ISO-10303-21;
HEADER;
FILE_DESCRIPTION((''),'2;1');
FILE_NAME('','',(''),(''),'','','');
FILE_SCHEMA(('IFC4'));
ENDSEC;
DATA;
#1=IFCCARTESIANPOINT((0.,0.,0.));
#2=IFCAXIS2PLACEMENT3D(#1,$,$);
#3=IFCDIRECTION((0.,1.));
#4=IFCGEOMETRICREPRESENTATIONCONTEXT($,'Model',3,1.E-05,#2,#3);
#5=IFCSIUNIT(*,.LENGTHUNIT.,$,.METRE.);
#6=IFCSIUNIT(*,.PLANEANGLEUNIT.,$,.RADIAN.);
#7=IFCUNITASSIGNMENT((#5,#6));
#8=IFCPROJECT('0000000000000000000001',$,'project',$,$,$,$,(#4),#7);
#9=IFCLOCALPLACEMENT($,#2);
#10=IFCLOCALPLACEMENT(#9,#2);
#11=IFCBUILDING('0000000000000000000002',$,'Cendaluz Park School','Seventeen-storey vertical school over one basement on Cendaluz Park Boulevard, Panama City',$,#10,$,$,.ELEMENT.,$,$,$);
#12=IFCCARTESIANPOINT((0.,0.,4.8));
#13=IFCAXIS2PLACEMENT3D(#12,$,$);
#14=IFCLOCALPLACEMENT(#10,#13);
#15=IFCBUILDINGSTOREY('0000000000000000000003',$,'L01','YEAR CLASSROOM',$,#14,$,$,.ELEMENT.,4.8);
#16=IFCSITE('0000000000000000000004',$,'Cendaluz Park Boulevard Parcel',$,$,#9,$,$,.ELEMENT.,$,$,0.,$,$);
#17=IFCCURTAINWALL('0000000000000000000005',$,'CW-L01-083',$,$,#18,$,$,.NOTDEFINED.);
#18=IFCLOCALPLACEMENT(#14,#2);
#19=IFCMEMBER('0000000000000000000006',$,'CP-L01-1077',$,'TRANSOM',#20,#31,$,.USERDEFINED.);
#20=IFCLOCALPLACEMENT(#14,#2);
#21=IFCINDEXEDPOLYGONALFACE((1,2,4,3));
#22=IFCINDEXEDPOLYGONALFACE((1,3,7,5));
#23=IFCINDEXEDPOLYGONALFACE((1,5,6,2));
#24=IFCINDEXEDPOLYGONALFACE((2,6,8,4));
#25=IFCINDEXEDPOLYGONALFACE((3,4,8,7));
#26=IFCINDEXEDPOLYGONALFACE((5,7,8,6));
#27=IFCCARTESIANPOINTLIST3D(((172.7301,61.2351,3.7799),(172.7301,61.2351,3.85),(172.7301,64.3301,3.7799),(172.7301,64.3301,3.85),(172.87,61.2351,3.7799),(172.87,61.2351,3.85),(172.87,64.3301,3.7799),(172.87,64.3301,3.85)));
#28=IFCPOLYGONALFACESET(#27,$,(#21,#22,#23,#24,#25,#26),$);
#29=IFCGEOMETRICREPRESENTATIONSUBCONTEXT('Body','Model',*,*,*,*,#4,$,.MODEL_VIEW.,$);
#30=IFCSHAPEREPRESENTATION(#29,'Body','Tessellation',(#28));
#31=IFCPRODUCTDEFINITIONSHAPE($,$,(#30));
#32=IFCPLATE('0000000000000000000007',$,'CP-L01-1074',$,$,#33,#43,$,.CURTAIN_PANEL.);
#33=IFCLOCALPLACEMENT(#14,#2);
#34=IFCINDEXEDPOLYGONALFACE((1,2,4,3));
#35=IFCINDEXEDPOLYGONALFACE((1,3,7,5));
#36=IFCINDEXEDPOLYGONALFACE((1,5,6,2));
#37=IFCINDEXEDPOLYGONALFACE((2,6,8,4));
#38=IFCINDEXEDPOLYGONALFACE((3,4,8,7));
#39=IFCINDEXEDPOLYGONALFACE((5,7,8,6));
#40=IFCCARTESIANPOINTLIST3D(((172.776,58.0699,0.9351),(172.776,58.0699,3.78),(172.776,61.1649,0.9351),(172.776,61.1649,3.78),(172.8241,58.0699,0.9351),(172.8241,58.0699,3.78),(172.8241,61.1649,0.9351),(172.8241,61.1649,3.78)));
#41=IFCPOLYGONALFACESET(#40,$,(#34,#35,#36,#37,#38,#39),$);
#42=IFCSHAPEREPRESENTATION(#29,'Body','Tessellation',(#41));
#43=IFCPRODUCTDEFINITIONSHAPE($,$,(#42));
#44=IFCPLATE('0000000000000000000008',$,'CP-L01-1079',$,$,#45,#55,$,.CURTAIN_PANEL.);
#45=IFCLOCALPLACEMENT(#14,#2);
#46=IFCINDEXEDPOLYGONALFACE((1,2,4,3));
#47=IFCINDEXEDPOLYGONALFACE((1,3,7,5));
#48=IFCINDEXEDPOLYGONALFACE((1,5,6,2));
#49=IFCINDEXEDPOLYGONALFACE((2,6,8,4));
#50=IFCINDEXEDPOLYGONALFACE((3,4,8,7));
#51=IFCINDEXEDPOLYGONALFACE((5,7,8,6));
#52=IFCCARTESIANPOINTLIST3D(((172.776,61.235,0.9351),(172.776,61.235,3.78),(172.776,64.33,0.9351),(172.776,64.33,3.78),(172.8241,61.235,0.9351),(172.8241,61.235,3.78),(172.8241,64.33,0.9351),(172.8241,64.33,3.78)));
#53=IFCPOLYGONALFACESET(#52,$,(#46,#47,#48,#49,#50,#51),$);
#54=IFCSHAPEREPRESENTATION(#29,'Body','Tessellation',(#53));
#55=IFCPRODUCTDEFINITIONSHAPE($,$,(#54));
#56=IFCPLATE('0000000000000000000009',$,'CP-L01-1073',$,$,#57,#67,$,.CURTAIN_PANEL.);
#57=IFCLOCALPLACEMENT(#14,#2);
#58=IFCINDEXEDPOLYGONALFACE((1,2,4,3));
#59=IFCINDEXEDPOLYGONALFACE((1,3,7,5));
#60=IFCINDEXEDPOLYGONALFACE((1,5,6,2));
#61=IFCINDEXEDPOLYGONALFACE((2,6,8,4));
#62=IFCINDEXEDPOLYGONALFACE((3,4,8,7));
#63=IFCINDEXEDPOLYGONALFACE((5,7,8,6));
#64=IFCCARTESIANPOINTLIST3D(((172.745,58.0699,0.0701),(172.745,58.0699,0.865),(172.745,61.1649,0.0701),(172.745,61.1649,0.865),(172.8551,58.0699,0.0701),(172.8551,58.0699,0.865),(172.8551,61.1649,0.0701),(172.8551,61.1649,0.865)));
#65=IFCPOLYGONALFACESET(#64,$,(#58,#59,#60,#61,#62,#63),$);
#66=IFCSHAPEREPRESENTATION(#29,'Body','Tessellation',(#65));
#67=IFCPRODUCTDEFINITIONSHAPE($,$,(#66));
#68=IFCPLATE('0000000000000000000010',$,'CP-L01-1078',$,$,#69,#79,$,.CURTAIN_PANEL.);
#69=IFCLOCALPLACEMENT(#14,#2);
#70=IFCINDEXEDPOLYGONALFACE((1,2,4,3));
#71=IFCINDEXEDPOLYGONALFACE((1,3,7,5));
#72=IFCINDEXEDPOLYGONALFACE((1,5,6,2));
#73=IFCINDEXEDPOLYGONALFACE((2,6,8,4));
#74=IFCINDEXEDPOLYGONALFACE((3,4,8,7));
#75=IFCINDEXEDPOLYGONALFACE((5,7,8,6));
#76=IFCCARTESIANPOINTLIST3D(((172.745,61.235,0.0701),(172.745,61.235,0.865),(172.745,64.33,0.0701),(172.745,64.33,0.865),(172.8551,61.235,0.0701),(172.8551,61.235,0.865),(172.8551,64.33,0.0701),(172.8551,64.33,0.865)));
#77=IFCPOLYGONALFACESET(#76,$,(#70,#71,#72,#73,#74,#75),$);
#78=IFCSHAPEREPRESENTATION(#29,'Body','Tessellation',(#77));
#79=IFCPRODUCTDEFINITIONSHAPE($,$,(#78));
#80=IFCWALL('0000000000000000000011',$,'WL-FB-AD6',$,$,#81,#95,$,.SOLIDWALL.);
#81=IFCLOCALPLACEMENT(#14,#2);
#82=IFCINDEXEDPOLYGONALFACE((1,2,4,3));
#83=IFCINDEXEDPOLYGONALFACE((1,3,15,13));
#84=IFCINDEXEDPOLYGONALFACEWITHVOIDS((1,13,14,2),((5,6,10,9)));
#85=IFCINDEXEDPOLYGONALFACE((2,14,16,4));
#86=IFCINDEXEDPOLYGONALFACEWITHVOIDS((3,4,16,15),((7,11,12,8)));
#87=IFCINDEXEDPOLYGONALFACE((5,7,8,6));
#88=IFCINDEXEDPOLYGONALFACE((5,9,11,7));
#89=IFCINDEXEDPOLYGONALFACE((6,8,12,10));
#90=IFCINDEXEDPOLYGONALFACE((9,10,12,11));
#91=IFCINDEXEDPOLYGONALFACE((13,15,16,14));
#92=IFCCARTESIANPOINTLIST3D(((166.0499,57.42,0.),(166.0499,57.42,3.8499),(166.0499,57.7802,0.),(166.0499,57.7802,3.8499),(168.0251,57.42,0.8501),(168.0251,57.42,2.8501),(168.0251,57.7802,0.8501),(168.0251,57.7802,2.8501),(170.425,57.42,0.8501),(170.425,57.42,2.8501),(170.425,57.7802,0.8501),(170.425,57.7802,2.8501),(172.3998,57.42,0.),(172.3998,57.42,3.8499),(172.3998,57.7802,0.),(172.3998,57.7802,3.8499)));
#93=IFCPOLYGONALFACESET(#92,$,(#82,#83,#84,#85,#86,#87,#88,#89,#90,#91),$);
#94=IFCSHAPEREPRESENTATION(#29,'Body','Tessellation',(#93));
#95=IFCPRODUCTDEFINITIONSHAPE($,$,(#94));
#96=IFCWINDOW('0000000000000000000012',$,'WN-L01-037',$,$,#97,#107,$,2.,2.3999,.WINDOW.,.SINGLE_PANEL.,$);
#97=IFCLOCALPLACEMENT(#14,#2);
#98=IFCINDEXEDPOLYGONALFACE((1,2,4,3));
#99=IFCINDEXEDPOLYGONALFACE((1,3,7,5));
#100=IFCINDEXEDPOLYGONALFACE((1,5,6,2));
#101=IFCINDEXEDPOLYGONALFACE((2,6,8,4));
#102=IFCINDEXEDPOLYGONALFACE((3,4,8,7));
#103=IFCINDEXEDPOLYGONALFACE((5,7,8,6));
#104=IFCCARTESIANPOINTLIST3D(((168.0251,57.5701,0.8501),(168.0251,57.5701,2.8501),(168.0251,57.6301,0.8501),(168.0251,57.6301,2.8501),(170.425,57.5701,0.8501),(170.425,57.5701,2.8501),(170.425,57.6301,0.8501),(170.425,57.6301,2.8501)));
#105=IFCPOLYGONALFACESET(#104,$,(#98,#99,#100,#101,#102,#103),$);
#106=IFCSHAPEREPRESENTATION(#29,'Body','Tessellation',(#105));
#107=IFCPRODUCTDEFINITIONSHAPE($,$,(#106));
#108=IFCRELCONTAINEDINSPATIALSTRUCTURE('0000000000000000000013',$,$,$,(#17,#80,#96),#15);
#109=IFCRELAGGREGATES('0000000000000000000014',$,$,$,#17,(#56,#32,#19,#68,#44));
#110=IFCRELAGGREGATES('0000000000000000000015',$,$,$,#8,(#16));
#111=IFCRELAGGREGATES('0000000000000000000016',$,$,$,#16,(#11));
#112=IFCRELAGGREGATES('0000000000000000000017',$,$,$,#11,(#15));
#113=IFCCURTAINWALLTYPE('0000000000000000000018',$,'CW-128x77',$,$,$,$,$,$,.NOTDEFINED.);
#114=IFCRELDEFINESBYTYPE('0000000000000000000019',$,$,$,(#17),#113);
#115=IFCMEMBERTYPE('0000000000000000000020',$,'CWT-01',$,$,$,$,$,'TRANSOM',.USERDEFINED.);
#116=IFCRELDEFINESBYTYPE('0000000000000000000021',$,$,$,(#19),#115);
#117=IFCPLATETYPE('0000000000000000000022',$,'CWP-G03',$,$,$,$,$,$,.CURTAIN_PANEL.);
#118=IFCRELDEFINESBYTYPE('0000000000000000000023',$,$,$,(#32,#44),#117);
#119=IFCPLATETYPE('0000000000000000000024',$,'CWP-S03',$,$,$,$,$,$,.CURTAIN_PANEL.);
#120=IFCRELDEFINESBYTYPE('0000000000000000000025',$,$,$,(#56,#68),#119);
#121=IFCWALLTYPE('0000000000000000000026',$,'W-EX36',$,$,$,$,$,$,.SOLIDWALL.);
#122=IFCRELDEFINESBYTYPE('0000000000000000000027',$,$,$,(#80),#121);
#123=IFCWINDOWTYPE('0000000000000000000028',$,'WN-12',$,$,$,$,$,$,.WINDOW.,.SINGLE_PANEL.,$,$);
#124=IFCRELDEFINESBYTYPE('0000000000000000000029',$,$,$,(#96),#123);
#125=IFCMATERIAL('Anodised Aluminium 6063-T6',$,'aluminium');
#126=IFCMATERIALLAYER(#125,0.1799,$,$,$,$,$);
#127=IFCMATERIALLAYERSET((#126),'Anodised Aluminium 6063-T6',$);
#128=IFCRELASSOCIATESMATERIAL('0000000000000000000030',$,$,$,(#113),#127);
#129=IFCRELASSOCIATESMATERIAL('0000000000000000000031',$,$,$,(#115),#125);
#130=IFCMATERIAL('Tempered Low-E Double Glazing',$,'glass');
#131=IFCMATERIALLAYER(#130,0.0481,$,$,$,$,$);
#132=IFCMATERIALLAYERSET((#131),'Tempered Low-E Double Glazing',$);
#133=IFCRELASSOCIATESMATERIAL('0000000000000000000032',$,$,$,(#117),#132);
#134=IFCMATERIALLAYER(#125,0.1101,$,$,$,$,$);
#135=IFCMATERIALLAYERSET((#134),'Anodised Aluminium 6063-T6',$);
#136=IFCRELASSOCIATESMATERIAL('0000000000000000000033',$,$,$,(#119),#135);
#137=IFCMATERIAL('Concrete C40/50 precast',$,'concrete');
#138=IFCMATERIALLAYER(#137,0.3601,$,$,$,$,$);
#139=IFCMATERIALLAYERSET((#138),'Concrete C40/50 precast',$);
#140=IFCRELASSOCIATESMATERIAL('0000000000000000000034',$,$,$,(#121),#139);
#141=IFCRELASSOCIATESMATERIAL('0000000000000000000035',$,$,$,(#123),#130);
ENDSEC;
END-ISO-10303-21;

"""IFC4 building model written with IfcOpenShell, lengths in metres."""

from ifc_helpers import new_model, si_unit, direction, frame, frame_2d, origin, origin_2d, place, context, subcontext, project, spatial, rectangle, extrude, material, layer, layer_set, material_profile, profile_set, type_object, element, fill, aggregate, save


model = new_model("IFC4")

# Units and contexts
model_context = context("Model", 3, precision=1e-05, world=origin(), true_north=direction((0.0, 1.0)))
body_context = subcontext(model_context, "Body", "Model", "MODEL_VIEW")
ifc_project = project(units=[si_unit("LENGTHUNIT", "METRE"), si_unit("PLANEANGLEUNIT", "RADIAN")], contexts=[model_context])

# Site, building, storey
site_placement = place(None, origin())
site = spatial("IfcSite", under=ifc_project, at=site_placement, Name="Cendaluz Park Boulevard Parcel", CompositionType="ELEMENT", RefElevation=0.0)
building_placement = place(site_placement, origin())
building = spatial("IfcBuilding", under=site, at=building_placement, Name="Cendaluz Park School", Description="Seventeen-storey vertical school over one basement on Cendaluz Park Boulevard, Panama City", CompositionType="ELEMENT")
storey_placement = place(building_placement, frame((0.0, 0.0, 4.8)))
storey = spatial("IfcBuildingStorey", under=building, at=storey_placement, Name="L01", Description="YEAR CLASSROOM", CompositionType="ELEMENT", Elevation=4.8)

# Curtain wall
ifc_material_1 = material(Name="Anodised Aluminium 6063-T6", Category="aluminium")
ifc_layer_1 = layer(ifc_material_1, 0.1799)
ifc_layer_set_1 = layer_set([ifc_layer_1], Name="Anodised Aluminium 6063-T6")
curtain_wall_type = type_object("IfcCurtainWallType", Name="CW-128x77", PredefinedType="NOTDEFINED", material=ifc_layer_set_1)
curtain_wall_1_placement = place(storey_placement, origin())
curtain_wall_1 = element("IfcCurtainWall", 1, at=curtain_wall_1_placement, inside=storey, type_object=curtain_wall_type, Name="CW-L01-083", PredefinedType="NOTDEFINED")

# Member
ifc_material_profile_1 = material_profile(ifc_material_1, rectangle(XDim=0.1399, YDim=0.0701, at=origin_2d()), Name="CWT 140x70", Category="aluminium")
ifc_profile_set_1 = profile_set([ifc_material_profile_1], Name="Anodised Aluminium 6063-T6")
member_type_1 = type_object("IfcMemberType", Name="CWT-01", ElementType="TRANSOM", PredefinedType="USERDEFINED", material=ifc_profile_set_1)
member_1_placement = place(storey_placement, frame((172.8, 61.2351, 3.8149), z_axis=(0.0, 1.0, 0.0), x_axis=(-1.0, 0.0, 0.0)))
member_1 = element("IfcMember", 2, at=member_1_placement, type_object=member_type_1, Name="CP-L01-1077", ObjectType="TRANSOM", PredefinedType="USERDEFINED", context=body_context, shape_type="SweptSolid", body=[
    extrude(rectangle(XDim=0.1399, YDim=0.0701, at=origin_2d()), origin(), (0.0, 0.0, 1.0), 3.095),
])

# Plates
ifc_material_2 = material(Name="Tempered Low-E Double Glazing", Category="glass")
ifc_layer_2 = layer(ifc_material_2, 0.0481)
ifc_layer_set_2 = layer_set([ifc_layer_2], Name="Tempered Low-E Double Glazing")
plate_type_1 = type_object("IfcPlateType", Name="CWP-G03", PredefinedType="CURTAIN_PANEL", material=ifc_layer_set_2)
plate_1_placement = place(storey_placement, frame((172.8, 59.6174, 0.9351), z_axis=(0.0, 0.0, 1.0), x_axis=(0.0, 1.0, 0.0)))
plate_1 = element("IfcPlate", 3, at=plate_1_placement, type_object=plate_type_1, Name="CP-L01-1074", PredefinedType="CURTAIN_PANEL", context=body_context, shape_type="SweptSolid", body=[
    extrude(rectangle(XDim=3.095, YDim=0.0481, at=origin_2d()), origin(), (0.0, 0.0, 1.0), 2.845),
])
plate_2_placement = place(storey_placement, frame((172.8, 62.7825, 0.9351), z_axis=(0.0, 0.0, 1.0), x_axis=(0.0, 1.0, 0.0)))
plate_2 = element("IfcPlate", 4, at=plate_2_placement, type_object=plate_type_1, Name="CP-L01-1079", PredefinedType="CURTAIN_PANEL", context=body_context, shape_type="SweptSolid", body=[
    extrude(rectangle(XDim=3.095, YDim=0.0481, at=origin_2d()), origin(), (0.0, 0.0, 1.0), 2.845),
])
ifc_layer_3 = layer(ifc_material_1, 0.1101)
ifc_layer_set_3 = layer_set([ifc_layer_3], Name="Anodised Aluminium 6063-T6")
plate_type_2 = type_object("IfcPlateType", Name="CWP-S03", PredefinedType="CURTAIN_PANEL", material=ifc_layer_set_3)
plate_3_placement = place(storey_placement, frame((172.8, 59.6174, 0.0701), z_axis=(0.0, 0.0, 1.0), x_axis=(0.0, 1.0, 0.0)))
plate_3 = element("IfcPlate", 5, at=plate_3_placement, type_object=plate_type_2, Name="CP-L01-1073", PredefinedType="CURTAIN_PANEL", context=body_context, shape_type="SweptSolid", body=[
    extrude(rectangle(XDim=3.095, YDim=0.1101, at=origin_2d()), origin(), (0.0, 0.0, 1.0), 0.7949),
])
plate_4_placement = place(storey_placement, frame((172.8, 62.7825, 0.0701), z_axis=(0.0, 0.0, 1.0), x_axis=(0.0, 1.0, 0.0)))
plate_4 = element("IfcPlate", 6, at=plate_4_placement, type_object=plate_type_2, Name="CP-L01-1078", PredefinedType="CURTAIN_PANEL", context=body_context, shape_type="SweptSolid", body=[
    extrude(rectangle(XDim=3.095, YDim=0.1101, at=origin_2d()), origin(), (0.0, 0.0, 1.0), 0.7949),
])
aggregate(curtain_wall_1, [plate_3, plate_1, member_1, plate_4, plate_2])

# Wall, opening, window
ifc_material_3 = material(Name="Concrete C40/50 precast", Category="concrete")
ifc_layer_4 = layer(ifc_material_3, 0.3601)
ifc_layer_set_4 = layer_set([ifc_layer_4], Name="Concrete C40/50 precast")
wall_type = type_object("IfcWallType", Name="W-EX36", PredefinedType="SOLIDWALL", material=ifc_layer_set_4)
wall_placement = place(storey_placement, frame((166.05, 57.6001, 0.0), z_axis=(0.0, 0.0, 1.0), x_axis=(1.0, 0.0, 0.0)))
wall = element("IfcWall", 7, at=wall_placement, inside=storey, type_object=wall_type, Name="WL-FB-AD6", PredefinedType="SOLIDWALL", context=body_context, shape_type="SweptSolid", body=[
    extrude(rectangle(XDim=6.3499, YDim=0.3601, at=frame_2d((3.1748, 0.0))), origin(), (0.0, 0.0, 1.0), 3.8499),
])
opening_placement = place(wall_placement, frame((1.9751, 0.0, 0.8501)))
opening = element("IfcOpeningElement", 8, at=opening_placement, cuts=wall, PredefinedType="OPENING", context=body_context, shape_type="SweptSolid", body=[
    extrude(rectangle(XDim=2.3999, YDim=2.0, at=frame_2d((1.2, 1.0))), frame((0.0, 0.1921, 0.0), z_axis=(0.0, -1.0, 0.0), x_axis=(1.0, 0.0, 0.0)), (0.0, 0.0, 1.0), 0.384),
])
window_type = type_object("IfcWindowType", Name="WN-12", PartitioningType="SINGLE_PANEL", PredefinedType="WINDOW", material=ifc_material_2)
window_placement = place(opening_placement, origin())
window = element("IfcWindow", 9, at=window_placement, inside=storey, type_object=window_type, Name="WN-L01-037", OverallHeight=2.0, OverallWidth=2.3999, PartitioningType="SINGLE_PANEL", PredefinedType="WINDOW", context=body_context, shape_type="SweptSolid", body=[
    extrude(rectangle(XDim=2.3999, YDim=2.0, at=frame_2d((1.2, 1.0))), frame((0.0, 0.03, 0.0), z_axis=(0.0, -1.0, 0.0), x_axis=(1.0, 0.0, 0.0)), (0.0, 0.0, 1.0), 0.0601),
])
fill(opening, window)

save(model, "model.ifc")
